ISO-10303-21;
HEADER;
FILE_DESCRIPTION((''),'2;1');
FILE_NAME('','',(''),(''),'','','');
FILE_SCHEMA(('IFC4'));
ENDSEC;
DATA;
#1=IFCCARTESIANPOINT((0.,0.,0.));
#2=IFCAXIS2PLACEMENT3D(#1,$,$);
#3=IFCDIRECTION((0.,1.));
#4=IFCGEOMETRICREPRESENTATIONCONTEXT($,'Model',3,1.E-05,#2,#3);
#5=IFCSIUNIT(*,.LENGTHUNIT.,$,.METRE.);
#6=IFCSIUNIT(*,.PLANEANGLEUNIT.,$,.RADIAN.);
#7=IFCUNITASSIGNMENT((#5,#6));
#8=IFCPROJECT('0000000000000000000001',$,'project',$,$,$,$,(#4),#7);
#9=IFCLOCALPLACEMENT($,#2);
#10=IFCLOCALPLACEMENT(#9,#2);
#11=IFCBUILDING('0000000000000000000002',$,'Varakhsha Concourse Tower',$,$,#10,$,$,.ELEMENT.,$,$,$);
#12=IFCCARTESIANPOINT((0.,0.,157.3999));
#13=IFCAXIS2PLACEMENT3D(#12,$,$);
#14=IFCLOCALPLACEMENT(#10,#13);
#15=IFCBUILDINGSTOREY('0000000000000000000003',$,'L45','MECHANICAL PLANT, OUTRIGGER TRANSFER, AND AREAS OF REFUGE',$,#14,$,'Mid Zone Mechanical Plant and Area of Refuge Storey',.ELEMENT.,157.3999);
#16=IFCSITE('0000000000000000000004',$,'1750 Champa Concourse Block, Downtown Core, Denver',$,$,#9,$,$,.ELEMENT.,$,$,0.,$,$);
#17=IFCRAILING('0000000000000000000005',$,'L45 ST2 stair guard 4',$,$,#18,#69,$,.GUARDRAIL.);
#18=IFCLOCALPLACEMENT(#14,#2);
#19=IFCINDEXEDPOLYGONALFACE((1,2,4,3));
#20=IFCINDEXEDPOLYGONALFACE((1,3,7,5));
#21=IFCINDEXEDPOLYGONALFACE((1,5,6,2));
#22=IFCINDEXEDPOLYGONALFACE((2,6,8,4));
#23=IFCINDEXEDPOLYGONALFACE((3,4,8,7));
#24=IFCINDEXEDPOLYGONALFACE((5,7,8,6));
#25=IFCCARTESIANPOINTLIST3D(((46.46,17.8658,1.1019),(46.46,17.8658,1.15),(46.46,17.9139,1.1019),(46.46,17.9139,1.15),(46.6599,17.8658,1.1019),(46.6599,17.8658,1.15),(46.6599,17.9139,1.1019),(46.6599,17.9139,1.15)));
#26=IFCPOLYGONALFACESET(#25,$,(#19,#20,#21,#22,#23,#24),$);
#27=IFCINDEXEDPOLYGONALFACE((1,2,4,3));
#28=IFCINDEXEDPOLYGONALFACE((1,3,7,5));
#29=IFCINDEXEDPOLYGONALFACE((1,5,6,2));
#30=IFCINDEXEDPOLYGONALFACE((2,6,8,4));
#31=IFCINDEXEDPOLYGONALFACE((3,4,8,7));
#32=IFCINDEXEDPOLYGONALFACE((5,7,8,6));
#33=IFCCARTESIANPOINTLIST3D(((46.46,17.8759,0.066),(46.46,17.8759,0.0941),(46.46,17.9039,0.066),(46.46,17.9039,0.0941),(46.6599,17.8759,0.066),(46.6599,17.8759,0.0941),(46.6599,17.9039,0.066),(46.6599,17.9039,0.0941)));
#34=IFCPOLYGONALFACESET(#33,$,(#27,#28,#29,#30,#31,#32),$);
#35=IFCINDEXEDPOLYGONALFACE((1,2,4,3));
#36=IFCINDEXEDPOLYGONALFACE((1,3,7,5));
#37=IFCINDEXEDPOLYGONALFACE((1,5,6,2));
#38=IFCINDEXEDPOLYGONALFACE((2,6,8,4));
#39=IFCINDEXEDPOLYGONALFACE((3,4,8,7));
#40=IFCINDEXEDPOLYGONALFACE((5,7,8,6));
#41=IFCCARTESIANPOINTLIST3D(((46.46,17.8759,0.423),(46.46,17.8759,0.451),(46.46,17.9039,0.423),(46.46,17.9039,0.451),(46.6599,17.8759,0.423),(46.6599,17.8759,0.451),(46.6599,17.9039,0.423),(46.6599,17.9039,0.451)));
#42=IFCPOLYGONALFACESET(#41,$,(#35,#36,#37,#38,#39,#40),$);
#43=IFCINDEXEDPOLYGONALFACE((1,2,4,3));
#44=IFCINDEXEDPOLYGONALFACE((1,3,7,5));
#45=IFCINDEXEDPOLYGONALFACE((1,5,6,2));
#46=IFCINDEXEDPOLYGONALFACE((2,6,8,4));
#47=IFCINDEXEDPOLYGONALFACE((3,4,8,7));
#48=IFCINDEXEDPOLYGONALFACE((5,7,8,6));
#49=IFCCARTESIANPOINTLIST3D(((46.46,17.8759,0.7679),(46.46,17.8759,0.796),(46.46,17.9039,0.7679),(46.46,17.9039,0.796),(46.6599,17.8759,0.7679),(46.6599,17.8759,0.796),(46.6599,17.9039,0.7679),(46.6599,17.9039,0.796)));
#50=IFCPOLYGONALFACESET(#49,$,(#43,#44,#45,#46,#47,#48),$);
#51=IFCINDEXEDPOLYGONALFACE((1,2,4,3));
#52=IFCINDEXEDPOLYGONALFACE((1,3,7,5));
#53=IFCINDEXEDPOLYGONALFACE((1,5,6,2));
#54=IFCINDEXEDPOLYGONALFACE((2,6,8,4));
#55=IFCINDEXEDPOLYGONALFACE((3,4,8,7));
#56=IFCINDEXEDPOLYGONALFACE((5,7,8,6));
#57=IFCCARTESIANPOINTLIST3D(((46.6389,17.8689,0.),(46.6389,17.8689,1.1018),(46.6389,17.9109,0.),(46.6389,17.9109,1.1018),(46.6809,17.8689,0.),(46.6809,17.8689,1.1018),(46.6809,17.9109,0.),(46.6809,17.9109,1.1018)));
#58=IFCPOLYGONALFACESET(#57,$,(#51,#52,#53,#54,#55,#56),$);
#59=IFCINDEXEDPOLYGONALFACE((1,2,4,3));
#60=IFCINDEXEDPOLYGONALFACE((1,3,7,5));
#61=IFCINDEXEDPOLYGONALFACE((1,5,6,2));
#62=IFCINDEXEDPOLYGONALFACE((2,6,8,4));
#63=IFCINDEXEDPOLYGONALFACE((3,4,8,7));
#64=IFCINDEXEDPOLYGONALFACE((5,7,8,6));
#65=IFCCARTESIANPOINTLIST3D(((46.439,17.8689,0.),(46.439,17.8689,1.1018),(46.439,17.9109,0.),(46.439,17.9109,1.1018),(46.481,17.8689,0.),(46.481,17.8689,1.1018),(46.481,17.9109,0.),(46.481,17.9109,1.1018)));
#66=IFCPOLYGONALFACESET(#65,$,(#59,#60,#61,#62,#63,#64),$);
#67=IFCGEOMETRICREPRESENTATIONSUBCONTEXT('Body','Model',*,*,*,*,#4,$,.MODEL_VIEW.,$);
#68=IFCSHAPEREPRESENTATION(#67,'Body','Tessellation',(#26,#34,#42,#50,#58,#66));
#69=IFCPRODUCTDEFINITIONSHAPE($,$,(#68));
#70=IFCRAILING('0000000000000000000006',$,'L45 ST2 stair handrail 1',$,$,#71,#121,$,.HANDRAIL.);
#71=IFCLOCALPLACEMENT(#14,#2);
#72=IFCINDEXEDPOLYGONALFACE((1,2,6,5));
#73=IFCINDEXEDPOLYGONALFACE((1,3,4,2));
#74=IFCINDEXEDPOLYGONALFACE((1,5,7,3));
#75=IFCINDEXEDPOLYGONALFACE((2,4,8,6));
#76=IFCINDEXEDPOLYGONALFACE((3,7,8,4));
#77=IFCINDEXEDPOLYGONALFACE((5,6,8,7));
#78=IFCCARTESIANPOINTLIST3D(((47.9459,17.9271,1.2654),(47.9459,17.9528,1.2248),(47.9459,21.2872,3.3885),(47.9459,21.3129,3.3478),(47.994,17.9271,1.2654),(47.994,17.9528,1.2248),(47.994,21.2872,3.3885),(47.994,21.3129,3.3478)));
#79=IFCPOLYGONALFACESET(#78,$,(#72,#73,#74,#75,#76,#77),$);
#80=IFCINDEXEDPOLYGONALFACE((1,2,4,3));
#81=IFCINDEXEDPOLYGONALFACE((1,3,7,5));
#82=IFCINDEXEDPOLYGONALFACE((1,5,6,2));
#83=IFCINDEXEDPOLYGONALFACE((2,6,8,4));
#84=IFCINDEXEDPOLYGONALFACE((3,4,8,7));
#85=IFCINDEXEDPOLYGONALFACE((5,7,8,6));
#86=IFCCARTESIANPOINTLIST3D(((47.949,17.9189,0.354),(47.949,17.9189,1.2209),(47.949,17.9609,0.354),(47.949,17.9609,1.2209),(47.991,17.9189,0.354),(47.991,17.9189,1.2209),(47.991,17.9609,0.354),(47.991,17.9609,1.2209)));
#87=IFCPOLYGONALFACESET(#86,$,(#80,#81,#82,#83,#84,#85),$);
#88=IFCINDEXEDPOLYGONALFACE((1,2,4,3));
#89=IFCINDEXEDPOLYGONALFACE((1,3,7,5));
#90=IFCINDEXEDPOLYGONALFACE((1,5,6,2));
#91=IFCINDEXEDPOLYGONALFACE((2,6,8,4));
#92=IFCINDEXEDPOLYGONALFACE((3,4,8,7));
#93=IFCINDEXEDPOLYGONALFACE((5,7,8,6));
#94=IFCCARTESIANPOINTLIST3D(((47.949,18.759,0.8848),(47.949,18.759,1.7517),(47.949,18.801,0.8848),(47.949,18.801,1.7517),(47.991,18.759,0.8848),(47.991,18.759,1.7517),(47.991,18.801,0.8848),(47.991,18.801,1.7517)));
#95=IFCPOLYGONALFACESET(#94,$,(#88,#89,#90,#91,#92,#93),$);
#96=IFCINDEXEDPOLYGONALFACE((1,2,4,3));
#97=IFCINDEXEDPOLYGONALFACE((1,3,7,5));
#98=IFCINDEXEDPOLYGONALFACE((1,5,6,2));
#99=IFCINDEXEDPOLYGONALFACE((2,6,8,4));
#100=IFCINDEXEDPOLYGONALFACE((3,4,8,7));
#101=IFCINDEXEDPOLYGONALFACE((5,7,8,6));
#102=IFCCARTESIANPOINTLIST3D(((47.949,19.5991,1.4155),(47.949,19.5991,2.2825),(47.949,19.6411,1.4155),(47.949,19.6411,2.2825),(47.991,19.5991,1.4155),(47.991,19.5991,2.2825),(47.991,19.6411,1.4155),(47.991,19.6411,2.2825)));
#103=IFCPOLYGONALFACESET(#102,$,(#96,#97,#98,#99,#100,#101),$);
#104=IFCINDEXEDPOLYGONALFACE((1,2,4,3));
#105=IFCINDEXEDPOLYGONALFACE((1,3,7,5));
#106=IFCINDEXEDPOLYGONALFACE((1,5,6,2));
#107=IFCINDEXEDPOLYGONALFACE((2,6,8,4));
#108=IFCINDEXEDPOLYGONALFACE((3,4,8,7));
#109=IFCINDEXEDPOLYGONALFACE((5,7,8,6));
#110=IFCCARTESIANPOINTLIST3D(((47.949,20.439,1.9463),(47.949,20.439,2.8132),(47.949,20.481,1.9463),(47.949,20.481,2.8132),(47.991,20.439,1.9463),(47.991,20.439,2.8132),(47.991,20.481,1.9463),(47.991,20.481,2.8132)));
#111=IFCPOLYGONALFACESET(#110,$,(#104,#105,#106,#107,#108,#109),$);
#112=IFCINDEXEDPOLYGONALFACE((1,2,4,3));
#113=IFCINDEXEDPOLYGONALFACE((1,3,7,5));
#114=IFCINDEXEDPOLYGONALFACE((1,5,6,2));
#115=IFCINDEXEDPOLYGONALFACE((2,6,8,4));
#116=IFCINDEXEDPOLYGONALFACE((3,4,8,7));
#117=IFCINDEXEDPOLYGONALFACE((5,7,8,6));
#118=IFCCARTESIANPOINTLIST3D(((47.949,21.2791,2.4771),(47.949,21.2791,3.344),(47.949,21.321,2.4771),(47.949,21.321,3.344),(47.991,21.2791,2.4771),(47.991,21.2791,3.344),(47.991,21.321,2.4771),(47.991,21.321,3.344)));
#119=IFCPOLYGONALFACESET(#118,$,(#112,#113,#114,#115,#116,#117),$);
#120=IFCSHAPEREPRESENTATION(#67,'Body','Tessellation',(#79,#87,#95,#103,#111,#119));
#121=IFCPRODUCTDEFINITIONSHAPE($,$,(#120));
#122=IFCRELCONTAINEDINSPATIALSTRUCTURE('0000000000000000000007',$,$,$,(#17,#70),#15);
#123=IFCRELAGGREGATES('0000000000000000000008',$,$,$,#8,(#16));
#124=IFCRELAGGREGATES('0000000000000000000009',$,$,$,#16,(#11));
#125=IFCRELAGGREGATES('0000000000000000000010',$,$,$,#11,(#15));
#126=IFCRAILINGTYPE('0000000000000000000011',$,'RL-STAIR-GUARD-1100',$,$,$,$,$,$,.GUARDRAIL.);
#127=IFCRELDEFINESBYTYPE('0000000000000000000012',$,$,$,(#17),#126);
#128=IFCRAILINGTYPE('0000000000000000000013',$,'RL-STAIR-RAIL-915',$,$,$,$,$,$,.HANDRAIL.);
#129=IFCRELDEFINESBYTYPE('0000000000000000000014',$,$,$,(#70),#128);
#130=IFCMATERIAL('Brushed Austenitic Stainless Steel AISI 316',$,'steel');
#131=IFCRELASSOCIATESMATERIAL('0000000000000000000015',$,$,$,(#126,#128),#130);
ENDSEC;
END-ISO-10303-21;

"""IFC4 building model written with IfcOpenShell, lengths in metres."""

from ifc_helpers import new_model, si_unit, direction, frame, origin, origin_2d, place, context, subcontext, project, spatial, rectangle, extrude, material, type_object, element, save


model = new_model("IFC4")

# Units and contexts
model_context = context("Model", 3, precision=1e-05, world=origin(), true_north=direction((0.0, 1.0)))
body_context = subcontext(model_context, "Body", "Model", "MODEL_VIEW")
ifc_project = project(units=[si_unit("LENGTHUNIT", "METRE"), si_unit("PLANEANGLEUNIT", "RADIAN")], contexts=[model_context])

# Site, building, storey
site_placement = place(None, origin())
site = spatial("IfcSite", under=ifc_project, at=site_placement, Name="1750 Champa Concourse Block, Downtown Core, Denver", CompositionType="ELEMENT", RefElevation=0.0)
building_placement = place(site_placement, origin())
building = spatial("IfcBuilding", under=site, at=building_placement, Name="Varakhsha Concourse Tower", CompositionType="ELEMENT")
storey_placement = place(building_placement, frame((0.0, 0.0, 157.3999)))
storey = spatial("IfcBuildingStorey", under=building, at=storey_placement, Name="L45", Description="MECHANICAL PLANT, OUTRIGGER TRANSFER, AND AREAS OF REFUGE", LongName="Mid Zone Mechanical Plant and Area of Refuge Storey", CompositionType="ELEMENT", Elevation=157.3999)

# Railings
ifc_material_1 = material(Name="Brushed Austenitic Stainless Steel AISI 316", Category="steel")
railing_type_1 = type_object("IfcRailingType", Name="RL-STAIR-GUARD-1100", PredefinedType="GUARDRAIL", material=ifc_material_1)
for number, where, name in (
    (1, (46.6599, 17.8899, 0.0), "L45 ST2 stair guard 4"),
):
    element("IfcRailing", number, at=place(storey_placement, frame(where)), inside=storey, type_object=railing_type_1, Name=name, PredefinedType="GUARDRAIL", context=body_context, shape_type="SweptSolid", body=[
        extrude(rectangle(XDim=0.0481, YDim=0.0481, at=origin_2d()), frame((0.0, 0.0, 1.126), z_axis=(-1.0, 0.0, 0.0), x_axis=(0.0, -1.0, 0.0)), (0.0, 0.0, 1.0), 0.2),
        extrude(rectangle(XDim=0.0281, YDim=0.0281, at=origin_2d()), frame((0.0, 0.0, 0.0801), z_axis=(-1.0, 0.0, 0.0), x_axis=(0.0, -1.0, 0.0)), (0.0, 0.0, 1.0), 0.2),
        extrude(rectangle(XDim=0.0281, YDim=0.0281, at=origin_2d()), frame((0.0, 0.0, 0.437), z_axis=(-1.0, 0.0, 0.0), x_axis=(0.0, -1.0, 0.0)), (0.0, 0.0, 1.0), 0.2),
        extrude(rectangle(XDim=0.0281, YDim=0.0281, at=origin_2d()), frame((0.0, 0.0, 0.782), z_axis=(-1.0, 0.0, 0.0), x_axis=(0.0, -1.0, 0.0)), (0.0, 0.0, 1.0), 0.2),
        extrude(rectangle(XDim=0.042, YDim=0.042, at=origin_2d()), origin(), (0.0, 0.0, 1.0), 1.1018),
        extrude(rectangle(XDim=0.042, YDim=0.042, at=origin_2d()), frame((-0.2, 0.0, 0.0)), (0.0, 0.0, 1.0), 1.1018),
    ])
railing_type_2 = type_object("IfcRailingType", Name="RL-STAIR-RAIL-915", PredefinedType="HANDRAIL", material=ifc_material_1)
railing_1_placement = place(storey_placement, frame((47.97, 17.9399, 0.354)))
element("IfcRailing", 2, at=railing_1_placement, inside=storey, type_object=railing_type_2, Name="L45 ST2 stair handrail 1", PredefinedType="HANDRAIL", context=body_context, shape_type="SweptSolid", body=[
    extrude(rectangle(XDim=0.0481, YDim=0.0481, at=origin_2d()), frame((0.0, 0.0, 0.8911), z_axis=(0.0, 0.84539, 0.53415), x_axis=(-1.0, 0.0, 0.0)), (0.0, 0.0, 1.0), 3.9746),
    extrude(rectangle(XDim=0.042, YDim=0.042, at=origin_2d()), origin(), (0.0, 0.0, 1.0), 0.8669),
    extrude(rectangle(XDim=0.042, YDim=0.042, at=origin_2d()), frame((0.0, 0.8401, 0.5308)), (0.0, 0.0, 1.0), 0.8669),
    extrude(rectangle(XDim=0.042, YDim=0.042, at=origin_2d()), frame((0.0, 1.6802, 1.0615)), (0.0, 0.0, 1.0), 0.8669),
    extrude(rectangle(XDim=0.042, YDim=0.042, at=origin_2d()), frame((0.0, 2.52, 1.5923)), (0.0, 0.0, 1.0), 0.8669),
    extrude(rectangle(XDim=0.042, YDim=0.042, at=origin_2d()), frame((0.0, 3.3601, 2.123)), (0.0, 0.0, 1.0), 0.8669),
])

save(model, "model.ifc")
